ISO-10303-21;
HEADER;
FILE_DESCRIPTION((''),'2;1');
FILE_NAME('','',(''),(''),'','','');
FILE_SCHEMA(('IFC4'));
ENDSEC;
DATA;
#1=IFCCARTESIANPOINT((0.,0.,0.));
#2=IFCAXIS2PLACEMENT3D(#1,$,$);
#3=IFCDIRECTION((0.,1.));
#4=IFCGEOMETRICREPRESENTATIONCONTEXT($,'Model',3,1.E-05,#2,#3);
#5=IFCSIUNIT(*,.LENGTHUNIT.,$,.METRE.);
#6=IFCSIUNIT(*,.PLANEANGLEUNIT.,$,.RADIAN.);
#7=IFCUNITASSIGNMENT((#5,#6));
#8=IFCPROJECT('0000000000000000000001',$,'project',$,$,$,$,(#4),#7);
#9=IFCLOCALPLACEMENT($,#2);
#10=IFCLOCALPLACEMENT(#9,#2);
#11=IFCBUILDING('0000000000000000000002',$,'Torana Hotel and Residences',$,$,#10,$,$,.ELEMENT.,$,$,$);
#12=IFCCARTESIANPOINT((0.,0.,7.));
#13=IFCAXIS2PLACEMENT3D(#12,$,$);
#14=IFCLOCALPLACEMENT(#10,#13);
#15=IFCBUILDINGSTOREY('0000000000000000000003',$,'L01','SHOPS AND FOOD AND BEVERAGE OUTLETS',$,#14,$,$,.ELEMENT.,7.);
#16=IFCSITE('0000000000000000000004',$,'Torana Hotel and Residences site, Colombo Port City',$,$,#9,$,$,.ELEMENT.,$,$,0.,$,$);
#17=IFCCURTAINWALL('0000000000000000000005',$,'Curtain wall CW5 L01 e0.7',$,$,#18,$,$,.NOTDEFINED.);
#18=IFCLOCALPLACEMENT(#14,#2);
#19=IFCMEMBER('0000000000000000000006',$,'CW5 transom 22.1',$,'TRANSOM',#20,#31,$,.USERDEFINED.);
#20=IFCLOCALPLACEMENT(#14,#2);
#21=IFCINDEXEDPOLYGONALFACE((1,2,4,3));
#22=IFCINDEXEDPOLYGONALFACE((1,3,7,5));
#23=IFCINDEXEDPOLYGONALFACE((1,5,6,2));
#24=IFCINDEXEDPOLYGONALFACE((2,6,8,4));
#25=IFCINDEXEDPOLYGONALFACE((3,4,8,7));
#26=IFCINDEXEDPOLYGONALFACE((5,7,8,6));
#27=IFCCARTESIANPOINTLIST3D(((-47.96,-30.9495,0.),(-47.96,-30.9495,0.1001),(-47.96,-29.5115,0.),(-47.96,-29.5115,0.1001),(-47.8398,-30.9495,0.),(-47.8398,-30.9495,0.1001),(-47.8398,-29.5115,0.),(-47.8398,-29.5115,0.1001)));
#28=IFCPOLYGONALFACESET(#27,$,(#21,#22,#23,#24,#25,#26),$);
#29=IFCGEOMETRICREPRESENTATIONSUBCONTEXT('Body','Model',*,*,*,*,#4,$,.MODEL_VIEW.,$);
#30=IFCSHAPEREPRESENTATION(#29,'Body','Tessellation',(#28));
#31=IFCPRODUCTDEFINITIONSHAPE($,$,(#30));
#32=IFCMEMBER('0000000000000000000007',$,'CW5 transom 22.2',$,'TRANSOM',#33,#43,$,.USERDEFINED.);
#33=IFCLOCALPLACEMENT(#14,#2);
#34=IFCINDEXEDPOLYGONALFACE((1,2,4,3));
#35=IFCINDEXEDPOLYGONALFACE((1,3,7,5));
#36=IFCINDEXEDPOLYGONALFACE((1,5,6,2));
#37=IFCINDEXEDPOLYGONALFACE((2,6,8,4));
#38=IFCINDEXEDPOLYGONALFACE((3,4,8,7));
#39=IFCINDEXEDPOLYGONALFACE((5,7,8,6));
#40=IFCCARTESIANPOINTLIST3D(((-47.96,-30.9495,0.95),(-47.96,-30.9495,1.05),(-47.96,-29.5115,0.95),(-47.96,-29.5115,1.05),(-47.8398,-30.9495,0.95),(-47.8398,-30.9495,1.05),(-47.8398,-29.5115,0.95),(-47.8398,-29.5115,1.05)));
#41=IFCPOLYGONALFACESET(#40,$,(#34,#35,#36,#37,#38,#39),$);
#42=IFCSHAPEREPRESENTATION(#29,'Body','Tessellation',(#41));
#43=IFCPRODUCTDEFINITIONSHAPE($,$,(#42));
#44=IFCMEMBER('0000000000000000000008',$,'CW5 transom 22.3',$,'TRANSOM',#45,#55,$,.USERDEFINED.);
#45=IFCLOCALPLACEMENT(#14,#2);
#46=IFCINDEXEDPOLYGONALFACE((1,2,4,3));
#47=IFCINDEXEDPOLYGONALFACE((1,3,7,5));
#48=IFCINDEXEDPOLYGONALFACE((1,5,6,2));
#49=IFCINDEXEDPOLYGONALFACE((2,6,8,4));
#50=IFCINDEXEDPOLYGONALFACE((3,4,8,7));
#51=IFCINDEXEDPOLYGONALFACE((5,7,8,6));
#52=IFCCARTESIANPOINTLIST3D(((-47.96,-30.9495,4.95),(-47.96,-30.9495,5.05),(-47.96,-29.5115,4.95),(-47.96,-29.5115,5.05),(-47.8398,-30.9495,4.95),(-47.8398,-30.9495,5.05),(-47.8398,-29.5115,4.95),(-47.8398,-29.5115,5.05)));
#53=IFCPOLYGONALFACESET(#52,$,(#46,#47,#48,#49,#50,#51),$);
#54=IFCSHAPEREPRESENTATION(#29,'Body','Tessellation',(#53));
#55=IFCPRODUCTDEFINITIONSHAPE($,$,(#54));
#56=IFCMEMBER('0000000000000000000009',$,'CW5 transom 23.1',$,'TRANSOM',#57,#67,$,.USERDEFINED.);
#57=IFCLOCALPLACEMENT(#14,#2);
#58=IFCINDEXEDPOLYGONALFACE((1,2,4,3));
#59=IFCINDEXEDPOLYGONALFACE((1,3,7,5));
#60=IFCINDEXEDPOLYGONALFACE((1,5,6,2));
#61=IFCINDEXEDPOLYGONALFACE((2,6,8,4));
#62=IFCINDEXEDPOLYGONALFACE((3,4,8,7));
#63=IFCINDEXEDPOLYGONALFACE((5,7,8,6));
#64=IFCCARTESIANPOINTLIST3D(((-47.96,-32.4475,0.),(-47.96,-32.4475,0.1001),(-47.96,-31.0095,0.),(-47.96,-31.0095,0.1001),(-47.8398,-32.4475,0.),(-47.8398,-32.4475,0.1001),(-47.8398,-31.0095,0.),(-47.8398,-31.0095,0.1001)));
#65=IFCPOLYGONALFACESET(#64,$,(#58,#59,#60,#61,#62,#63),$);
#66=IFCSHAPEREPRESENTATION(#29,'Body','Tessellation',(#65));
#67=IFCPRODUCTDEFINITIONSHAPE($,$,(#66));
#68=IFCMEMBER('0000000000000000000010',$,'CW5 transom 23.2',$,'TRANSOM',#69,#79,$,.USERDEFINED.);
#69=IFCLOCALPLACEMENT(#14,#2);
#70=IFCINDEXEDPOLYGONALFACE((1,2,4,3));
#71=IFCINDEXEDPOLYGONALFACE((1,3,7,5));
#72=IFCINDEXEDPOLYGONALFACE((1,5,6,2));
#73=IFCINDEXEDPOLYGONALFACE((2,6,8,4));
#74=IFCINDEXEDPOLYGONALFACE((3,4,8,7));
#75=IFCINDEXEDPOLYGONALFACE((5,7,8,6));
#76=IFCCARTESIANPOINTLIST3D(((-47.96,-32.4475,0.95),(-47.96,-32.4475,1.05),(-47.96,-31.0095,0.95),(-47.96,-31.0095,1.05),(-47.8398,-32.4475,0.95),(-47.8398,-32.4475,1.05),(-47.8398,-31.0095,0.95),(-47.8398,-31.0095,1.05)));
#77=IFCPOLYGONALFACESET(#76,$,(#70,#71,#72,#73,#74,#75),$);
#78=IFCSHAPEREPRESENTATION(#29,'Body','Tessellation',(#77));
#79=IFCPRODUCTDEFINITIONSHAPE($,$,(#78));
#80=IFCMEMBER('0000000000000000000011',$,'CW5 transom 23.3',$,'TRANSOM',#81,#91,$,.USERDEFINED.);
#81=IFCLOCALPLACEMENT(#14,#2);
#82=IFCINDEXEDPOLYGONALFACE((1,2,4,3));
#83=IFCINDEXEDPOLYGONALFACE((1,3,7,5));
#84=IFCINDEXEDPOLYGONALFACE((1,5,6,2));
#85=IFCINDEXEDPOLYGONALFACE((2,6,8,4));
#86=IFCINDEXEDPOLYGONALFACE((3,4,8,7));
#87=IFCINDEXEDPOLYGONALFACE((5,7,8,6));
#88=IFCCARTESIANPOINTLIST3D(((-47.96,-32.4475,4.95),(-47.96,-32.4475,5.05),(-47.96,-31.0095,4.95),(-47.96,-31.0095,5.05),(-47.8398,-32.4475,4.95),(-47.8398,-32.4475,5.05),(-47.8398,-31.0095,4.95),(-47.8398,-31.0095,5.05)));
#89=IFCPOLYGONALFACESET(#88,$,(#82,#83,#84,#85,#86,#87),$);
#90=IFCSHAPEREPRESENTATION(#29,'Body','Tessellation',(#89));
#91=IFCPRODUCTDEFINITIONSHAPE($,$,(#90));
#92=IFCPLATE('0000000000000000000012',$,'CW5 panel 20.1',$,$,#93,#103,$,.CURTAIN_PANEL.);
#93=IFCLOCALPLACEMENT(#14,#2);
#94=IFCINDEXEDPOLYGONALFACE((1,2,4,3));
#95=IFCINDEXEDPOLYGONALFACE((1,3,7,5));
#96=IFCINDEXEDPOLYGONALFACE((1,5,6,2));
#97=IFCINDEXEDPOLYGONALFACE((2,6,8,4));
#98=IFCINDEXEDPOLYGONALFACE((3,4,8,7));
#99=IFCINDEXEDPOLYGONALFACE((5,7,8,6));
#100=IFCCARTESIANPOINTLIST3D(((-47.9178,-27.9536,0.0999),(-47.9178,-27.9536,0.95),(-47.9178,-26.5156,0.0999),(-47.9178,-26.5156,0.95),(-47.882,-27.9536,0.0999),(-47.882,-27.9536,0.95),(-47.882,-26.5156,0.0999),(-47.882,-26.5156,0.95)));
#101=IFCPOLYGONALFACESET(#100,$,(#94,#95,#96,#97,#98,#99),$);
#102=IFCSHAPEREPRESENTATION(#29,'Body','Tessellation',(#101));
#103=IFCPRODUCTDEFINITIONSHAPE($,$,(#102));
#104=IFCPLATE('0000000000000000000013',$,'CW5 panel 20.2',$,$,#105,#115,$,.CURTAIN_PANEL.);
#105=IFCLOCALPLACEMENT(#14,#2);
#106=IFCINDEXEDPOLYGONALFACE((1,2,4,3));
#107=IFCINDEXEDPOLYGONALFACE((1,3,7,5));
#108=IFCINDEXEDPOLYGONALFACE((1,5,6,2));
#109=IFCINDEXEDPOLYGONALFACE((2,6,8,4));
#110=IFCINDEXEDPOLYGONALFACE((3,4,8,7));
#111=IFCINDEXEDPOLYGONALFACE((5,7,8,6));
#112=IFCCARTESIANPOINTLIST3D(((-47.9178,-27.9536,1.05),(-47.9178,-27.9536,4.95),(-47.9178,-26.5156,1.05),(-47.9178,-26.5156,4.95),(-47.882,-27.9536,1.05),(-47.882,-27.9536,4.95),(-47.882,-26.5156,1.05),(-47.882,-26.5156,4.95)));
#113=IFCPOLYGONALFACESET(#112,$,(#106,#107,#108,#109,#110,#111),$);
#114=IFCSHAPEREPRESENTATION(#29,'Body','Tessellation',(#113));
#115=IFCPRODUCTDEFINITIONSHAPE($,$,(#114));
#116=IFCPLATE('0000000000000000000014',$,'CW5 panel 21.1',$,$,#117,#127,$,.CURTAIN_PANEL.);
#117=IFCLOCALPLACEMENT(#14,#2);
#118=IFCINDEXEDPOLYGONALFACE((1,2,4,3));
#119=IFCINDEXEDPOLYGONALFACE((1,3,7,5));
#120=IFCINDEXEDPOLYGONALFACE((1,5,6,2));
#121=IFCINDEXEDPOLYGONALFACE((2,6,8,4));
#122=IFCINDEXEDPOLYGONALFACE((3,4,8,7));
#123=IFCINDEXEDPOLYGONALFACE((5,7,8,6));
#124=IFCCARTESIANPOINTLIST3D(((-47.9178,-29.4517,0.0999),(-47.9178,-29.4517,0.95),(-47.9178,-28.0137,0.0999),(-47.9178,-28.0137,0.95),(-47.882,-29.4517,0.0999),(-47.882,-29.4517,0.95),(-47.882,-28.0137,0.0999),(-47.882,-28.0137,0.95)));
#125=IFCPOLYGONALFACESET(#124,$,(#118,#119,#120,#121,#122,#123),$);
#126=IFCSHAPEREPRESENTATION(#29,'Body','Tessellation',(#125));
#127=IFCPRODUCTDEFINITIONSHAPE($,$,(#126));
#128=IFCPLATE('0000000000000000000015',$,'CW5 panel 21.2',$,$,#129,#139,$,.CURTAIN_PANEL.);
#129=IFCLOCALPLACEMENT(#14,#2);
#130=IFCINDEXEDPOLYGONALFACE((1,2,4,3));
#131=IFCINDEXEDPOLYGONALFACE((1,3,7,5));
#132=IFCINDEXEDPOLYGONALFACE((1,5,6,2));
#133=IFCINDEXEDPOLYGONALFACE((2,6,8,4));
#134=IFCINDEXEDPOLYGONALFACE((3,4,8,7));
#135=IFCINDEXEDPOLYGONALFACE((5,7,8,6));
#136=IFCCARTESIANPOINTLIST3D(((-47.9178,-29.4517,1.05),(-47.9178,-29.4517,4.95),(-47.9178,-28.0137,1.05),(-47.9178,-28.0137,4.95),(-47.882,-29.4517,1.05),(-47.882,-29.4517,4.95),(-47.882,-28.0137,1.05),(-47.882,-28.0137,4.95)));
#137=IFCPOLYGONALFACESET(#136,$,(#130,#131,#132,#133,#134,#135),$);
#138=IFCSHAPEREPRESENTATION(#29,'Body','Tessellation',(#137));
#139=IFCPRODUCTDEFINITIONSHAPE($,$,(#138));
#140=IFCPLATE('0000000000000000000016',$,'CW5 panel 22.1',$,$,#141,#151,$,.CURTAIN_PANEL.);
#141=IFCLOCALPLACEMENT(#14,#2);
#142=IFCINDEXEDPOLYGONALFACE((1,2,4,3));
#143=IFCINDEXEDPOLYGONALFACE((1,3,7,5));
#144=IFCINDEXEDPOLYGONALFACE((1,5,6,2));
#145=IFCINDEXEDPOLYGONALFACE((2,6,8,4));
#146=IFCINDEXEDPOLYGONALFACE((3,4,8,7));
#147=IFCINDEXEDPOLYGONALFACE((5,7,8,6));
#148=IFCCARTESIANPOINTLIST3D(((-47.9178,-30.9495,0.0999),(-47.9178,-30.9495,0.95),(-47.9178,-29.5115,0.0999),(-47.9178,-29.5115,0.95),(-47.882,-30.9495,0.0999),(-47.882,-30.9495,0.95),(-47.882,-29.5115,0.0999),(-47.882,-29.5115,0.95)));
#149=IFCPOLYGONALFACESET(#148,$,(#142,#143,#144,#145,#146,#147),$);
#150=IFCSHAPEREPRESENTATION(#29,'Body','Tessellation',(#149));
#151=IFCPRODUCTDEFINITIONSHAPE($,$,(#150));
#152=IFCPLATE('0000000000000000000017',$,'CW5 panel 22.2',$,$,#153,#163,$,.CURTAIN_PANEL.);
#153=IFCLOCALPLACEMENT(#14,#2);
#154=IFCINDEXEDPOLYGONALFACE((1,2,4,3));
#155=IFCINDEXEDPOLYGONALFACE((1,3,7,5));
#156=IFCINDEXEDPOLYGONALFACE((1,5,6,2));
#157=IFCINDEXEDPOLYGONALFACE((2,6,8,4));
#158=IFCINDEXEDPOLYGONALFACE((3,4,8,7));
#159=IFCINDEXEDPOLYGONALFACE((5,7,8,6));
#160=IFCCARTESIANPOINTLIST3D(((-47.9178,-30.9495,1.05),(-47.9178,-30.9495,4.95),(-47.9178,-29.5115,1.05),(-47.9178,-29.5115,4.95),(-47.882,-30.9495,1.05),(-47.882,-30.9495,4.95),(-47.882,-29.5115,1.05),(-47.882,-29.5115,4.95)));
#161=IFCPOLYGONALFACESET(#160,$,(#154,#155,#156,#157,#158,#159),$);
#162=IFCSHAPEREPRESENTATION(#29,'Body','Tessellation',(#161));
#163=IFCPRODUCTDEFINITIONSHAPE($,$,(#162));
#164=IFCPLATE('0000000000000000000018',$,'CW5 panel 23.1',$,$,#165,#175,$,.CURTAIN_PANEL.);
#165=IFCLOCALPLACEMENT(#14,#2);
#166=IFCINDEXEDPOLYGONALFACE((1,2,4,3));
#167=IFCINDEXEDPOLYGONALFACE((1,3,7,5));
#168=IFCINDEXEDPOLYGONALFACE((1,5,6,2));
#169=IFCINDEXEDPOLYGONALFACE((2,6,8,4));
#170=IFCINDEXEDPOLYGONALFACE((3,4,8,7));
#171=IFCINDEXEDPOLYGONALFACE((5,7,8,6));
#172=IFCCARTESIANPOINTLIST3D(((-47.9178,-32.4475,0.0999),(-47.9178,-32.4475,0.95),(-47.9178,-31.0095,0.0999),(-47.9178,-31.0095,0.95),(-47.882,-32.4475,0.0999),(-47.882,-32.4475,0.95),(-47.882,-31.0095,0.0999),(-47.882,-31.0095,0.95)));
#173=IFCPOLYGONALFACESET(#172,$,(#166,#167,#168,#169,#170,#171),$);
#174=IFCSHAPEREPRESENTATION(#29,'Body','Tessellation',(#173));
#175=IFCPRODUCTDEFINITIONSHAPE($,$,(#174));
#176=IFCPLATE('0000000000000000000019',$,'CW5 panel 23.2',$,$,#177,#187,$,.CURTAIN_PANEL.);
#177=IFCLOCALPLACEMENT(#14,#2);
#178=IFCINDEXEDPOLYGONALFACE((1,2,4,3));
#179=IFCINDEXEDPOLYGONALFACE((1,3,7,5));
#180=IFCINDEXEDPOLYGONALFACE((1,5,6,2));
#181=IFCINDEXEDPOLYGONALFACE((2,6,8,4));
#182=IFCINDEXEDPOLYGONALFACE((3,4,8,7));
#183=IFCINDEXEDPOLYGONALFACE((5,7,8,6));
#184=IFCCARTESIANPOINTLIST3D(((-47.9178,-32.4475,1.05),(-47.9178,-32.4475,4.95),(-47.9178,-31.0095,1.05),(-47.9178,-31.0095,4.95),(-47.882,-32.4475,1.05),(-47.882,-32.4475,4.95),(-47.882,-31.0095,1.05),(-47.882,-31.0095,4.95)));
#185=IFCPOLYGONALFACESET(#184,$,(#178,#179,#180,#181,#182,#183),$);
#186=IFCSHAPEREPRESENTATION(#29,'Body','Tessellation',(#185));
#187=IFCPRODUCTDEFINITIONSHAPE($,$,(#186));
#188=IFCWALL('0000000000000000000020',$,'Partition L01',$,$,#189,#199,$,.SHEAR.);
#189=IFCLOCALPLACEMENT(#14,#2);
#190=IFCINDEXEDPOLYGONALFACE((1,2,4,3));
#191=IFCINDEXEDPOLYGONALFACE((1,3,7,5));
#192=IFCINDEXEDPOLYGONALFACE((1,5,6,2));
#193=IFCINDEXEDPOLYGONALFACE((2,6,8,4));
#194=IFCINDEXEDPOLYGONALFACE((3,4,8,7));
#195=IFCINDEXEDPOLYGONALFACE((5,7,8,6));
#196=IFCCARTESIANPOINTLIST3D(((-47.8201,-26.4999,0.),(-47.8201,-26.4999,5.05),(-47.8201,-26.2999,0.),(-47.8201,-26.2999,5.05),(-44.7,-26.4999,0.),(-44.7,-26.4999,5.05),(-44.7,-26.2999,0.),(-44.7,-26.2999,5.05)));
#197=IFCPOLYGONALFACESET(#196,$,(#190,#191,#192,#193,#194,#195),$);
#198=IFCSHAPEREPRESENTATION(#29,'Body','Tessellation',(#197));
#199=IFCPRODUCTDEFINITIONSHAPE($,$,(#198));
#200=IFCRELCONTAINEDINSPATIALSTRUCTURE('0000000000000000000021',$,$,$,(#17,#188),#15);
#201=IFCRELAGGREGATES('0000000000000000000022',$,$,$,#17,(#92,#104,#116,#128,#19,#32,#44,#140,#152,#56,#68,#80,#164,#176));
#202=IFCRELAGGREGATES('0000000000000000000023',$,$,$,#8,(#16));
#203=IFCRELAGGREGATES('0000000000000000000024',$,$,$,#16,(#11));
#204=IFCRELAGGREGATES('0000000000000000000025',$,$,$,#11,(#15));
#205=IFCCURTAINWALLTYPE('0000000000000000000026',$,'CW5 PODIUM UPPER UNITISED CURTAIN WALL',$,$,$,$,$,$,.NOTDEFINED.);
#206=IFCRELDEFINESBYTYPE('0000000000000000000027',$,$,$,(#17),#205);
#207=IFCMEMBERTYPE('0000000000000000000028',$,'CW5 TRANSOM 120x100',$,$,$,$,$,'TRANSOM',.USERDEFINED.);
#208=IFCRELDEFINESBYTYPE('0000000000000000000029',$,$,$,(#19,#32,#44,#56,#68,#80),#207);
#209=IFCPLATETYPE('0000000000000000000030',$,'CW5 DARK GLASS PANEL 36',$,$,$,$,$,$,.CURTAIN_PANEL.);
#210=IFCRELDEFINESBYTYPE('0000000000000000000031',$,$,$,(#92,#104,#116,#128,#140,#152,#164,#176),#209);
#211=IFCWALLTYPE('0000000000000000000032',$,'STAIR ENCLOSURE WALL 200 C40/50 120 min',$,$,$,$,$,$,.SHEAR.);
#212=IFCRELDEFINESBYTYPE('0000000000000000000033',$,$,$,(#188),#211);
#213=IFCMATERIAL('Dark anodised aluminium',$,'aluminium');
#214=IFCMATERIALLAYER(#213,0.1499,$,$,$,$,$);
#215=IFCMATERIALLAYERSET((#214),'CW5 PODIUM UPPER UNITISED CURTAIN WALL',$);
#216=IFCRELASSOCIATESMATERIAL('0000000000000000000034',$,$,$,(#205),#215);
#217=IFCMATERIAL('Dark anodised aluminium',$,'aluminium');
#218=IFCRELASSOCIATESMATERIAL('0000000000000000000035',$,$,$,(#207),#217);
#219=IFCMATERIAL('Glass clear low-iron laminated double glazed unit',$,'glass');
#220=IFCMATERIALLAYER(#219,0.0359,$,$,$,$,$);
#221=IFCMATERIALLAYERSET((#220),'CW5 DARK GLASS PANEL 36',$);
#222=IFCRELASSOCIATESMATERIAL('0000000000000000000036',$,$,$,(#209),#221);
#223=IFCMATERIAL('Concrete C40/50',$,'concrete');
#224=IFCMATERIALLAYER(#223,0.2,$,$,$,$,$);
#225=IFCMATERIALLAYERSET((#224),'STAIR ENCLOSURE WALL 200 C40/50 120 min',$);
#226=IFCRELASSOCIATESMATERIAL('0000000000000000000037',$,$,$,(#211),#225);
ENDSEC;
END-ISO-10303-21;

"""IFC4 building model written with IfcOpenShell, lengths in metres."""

from ifc_helpers import new_model, si_unit, direction, frame, frame_2d, origin, origin_2d, place, context, subcontext, project, spatial, rectangle, extrude, material, layer, layer_set, material_profile, profile_set, type_object, element, aggregate, save


model = new_model("IFC4")

# Units and contexts
model_context = context("Model", 3, precision=1e-05, world=origin(), true_north=direction((0.0, 1.0)))
body_context = subcontext(model_context, "Body", "Model", "MODEL_VIEW")
ifc_project = project(units=[si_unit("LENGTHUNIT", "METRE"), si_unit("PLANEANGLEUNIT", "RADIAN")], contexts=[model_context])

# Site, building, storey
site_placement = place(None, origin())
site = spatial("IfcSite", under=ifc_project, at=site_placement, Name="Torana Hotel and Residences site, Colombo Port City", CompositionType="ELEMENT", RefElevation=0.0)
building_placement = place(site_placement, origin())
building = spatial("IfcBuilding", under=site, at=building_placement, Name="Torana Hotel and Residences", CompositionType="ELEMENT")
storey_placement = place(building_placement, frame((0.0, 0.0, 7.0)))
storey = spatial("IfcBuildingStorey", under=building, at=storey_placement, Name="L01", Description="SHOPS AND FOOD AND BEVERAGE OUTLETS", CompositionType="ELEMENT", Elevation=7.0)

# Curtain wall, members, plates
ifc_material_1 = material(Name="Dark anodised aluminium", Category="aluminium")
ifc_layer_1 = layer(ifc_material_1, 0.1499)
ifc_layer_set_1 = layer_set([ifc_layer_1], Name="CW5 PODIUM UPPER UNITISED CURTAIN WALL")
curtain_wall_type = type_object("IfcCurtainWallType", Name="CW5 PODIUM UPPER UNITISED CURTAIN WALL", PredefinedType="NOTDEFINED", material=ifc_layer_set_1)
curtain_wall_placement = place(storey_placement, origin())
curtain_wall = element("IfcCurtainWall", 1, at=curtain_wall_placement, inside=storey, type_object=curtain_wall_type, Name="Curtain wall CW5 L01 e0.7", PredefinedType="NOTDEFINED")
ifc_material_2 = material(Name="Dark anodised aluminium", Category="aluminium")
ifc_material_profile_1 = material_profile(ifc_material_2, rectangle(XDim=0.1201, YDim=0.1001, at=origin_2d()), Name="CW5 TRANSOM 120x100")
ifc_profile_set_1 = profile_set([ifc_material_profile_1], Name="Dark anodised aluminium")
member_type_1 = type_object("IfcMemberType", Name="CW5 TRANSOM 120x100", ElementType="TRANSOM", PredefinedType="USERDEFINED", material=ifc_profile_set_1)
member_1_placement = place(storey_placement, frame((-47.8999, -29.5115, 0.05), z_axis=(0.0, -1.0, 0.0), x_axis=(1.0, 0.0, 0.0)))
member_1 = element("IfcMember", 2, at=member_1_placement, type_object=member_type_1, Name="CW5 transom 22.1", ObjectType="TRANSOM", PredefinedType="USERDEFINED", context=body_context, shape_type="SweptSolid", body=[
    extrude(rectangle(XDim=0.1201, YDim=0.1001, at=origin_2d()), origin(), (0.0, 0.0, 1.0), 1.438),
])
member_2_placement = place(storey_placement, frame((-47.8999, -29.5115, 1.0), z_axis=(0.0, -1.0, 0.0), x_axis=(1.0, 0.0, 0.0)))
member_2 = element("IfcMember", 3, at=member_2_placement, type_object=member_type_1, Name="CW5 transom 22.2", ObjectType="TRANSOM", PredefinedType="USERDEFINED", context=body_context, shape_type="SweptSolid", body=[
    extrude(rectangle(XDim=0.1201, YDim=0.1001, at=origin_2d()), origin(), (0.0, 0.0, 1.0), 1.438),
])
member_3_placement = place(storey_placement, frame((-47.8999, -29.5115, 5.0), z_axis=(0.0, -1.0, 0.0), x_axis=(1.0, 0.0, 0.0)))
member_3 = element("IfcMember", 4, at=member_3_placement, type_object=member_type_1, Name="CW5 transom 22.3", ObjectType="TRANSOM", PredefinedType="USERDEFINED", context=body_context, shape_type="SweptSolid", body=[
    extrude(rectangle(XDim=0.1201, YDim=0.1001, at=origin_2d()), origin(), (0.0, 0.0, 1.0), 1.438),
])
member_4_placement = place(storey_placement, frame((-47.8999, -31.0095, 0.05), z_axis=(0.0, -1.0, 0.0), x_axis=(1.0, 0.0, 0.0)))
member_4 = element("IfcMember", 5, at=member_4_placement, type_object=member_type_1, Name="CW5 transom 23.1", ObjectType="TRANSOM", PredefinedType="USERDEFINED", context=body_context, shape_type="SweptSolid", body=[
    extrude(rectangle(XDim=0.1201, YDim=0.1001, at=origin_2d()), origin(), (0.0, 0.0, 1.0), 1.438),
])
member_5_placement = place(storey_placement, frame((-47.8999, -31.0095, 1.0), z_axis=(0.0, -1.0, 0.0), x_axis=(1.0, 0.0, 0.0)))
member_5 = element("IfcMember", 6, at=member_5_placement, type_object=member_type_1, Name="CW5 transom 23.2", ObjectType="TRANSOM", PredefinedType="USERDEFINED", context=body_context, shape_type="SweptSolid", body=[
    extrude(rectangle(XDim=0.1201, YDim=0.1001, at=origin_2d()), origin(), (0.0, 0.0, 1.0), 1.438),
])
member_6_placement = place(storey_placement, frame((-47.8999, -31.0095, 5.0), z_axis=(0.0, -1.0, 0.0), x_axis=(1.0, 0.0, 0.0)))
member_6 = element("IfcMember", 7, at=member_6_placement, type_object=member_type_1, Name="CW5 transom 23.3", ObjectType="TRANSOM", PredefinedType="USERDEFINED", context=body_context, shape_type="SweptSolid", body=[
    extrude(rectangle(XDim=0.1201, YDim=0.1001, at=origin_2d()), origin(), (0.0, 0.0, 1.0), 1.438),
])
ifc_material_3 = material(Name="Glass clear low-iron laminated double glazed unit", Category="glass")
ifc_layer_2 = layer(ifc_material_3, 0.0359)
ifc_layer_set_2 = layer_set([ifc_layer_2], Name="CW5 DARK GLASS PANEL 36")
plate_type = type_object("IfcPlateType", Name="CW5 DARK GLASS PANEL 36", PredefinedType="CURTAIN_PANEL", material=ifc_layer_set_2)
plate_1_placement = place(storey_placement, frame((-47.8999, -27.2346, 0.0999), z_axis=(0.0, 0.0, 1.0), x_axis=(0.0, -1.0, 0.0)))
plate_1 = element("IfcPlate", 8, at=plate_1_placement, type_object=plate_type, Name="CW5 panel 20.1", PredefinedType="CURTAIN_PANEL", context=body_context, shape_type="SweptSolid", body=[
    extrude(rectangle(XDim=1.438, YDim=0.0359, at=origin_2d()), origin(), (0.0, 0.0, 1.0), 0.8501),
])
plate_2_placement = place(storey_placement, frame((-47.8999, -27.2346, 1.05), z_axis=(0.0, 0.0, 1.0), x_axis=(0.0, -1.0, 0.0)))
plate_2 = element("IfcPlate", 9, at=plate_2_placement, type_object=plate_type, Name="CW5 panel 20.2", PredefinedType="CURTAIN_PANEL", context=body_context, shape_type="SweptSolid", body=[
    extrude(rectangle(XDim=1.438, YDim=0.0359, at=origin_2d()), origin(), (0.0, 0.0, 1.0), 3.8999),
])
plate_3_placement = place(storey_placement, frame((-47.8999, -28.7327, 0.0999), z_axis=(0.0, 0.0, 1.0), x_axis=(0.0, -1.0, 0.0)))
plate_3 = element("IfcPlate", 10, at=plate_3_placement, type_object=plate_type, Name="CW5 panel 21.1", PredefinedType="CURTAIN_PANEL", context=body_context, shape_type="SweptSolid", body=[
    extrude(rectangle(XDim=1.438, YDim=0.0359, at=origin_2d()), origin(), (0.0, 0.0, 1.0), 0.8501),
])
plate_4_placement = place(storey_placement, frame((-47.8999, -28.7327, 1.05), z_axis=(0.0, 0.0, 1.0), x_axis=(0.0, -1.0, 0.0)))
plate_4 = element("IfcPlate", 11, at=plate_4_placement, type_object=plate_type, Name="CW5 panel 21.2", PredefinedType="CURTAIN_PANEL", context=body_context, shape_type="SweptSolid", body=[
    extrude(rectangle(XDim=1.438, YDim=0.0359, at=origin_2d()), origin(), (0.0, 0.0, 1.0), 3.8999),
])
plate_5_placement = place(storey_placement, frame((-47.8999, -30.2305, 0.0999), z_axis=(0.0, 0.0, 1.0), x_axis=(0.0, -1.0, 0.0)))
plate_5 = element("IfcPlate", 12, at=plate_5_placement, type_object=plate_type, Name="CW5 panel 22.1", PredefinedType="CURTAIN_PANEL", context=body_context, shape_type="SweptSolid", body=[
    extrude(rectangle(XDim=1.438, YDim=0.0359, at=origin_2d()), origin(), (0.0, 0.0, 1.0), 0.8501),
])
plate_6_placement = place(storey_placement, frame((-47.8999, -30.2305, 1.05), z_axis=(0.0, 0.0, 1.0), x_axis=(0.0, -1.0, 0.0)))
plate_6 = element("IfcPlate", 13, at=plate_6_placement, type_object=plate_type, Name="CW5 panel 22.2", PredefinedType="CURTAIN_PANEL", context=body_context, shape_type="SweptSolid", body=[
    extrude(rectangle(XDim=1.438, YDim=0.0359, at=origin_2d()), origin(), (0.0, 0.0, 1.0), 3.8999),
])
plate_7_placement = place(storey_placement, frame((-47.8999, -31.7285, 0.0999), z_axis=(0.0, 0.0, 1.0), x_axis=(0.0, -1.0, 0.0)))
plate_7 = element("IfcPlate", 14, at=plate_7_placement, type_object=plate_type, Name="CW5 panel 23.1", PredefinedType="CURTAIN_PANEL", context=body_context, shape_type="SweptSolid", body=[
    extrude(rectangle(XDim=1.438, YDim=0.0359, at=origin_2d()), origin(), (0.0, 0.0, 1.0), 0.8501),
])
plate_8_placement = place(storey_placement, frame((-47.8999, -31.7285, 1.05), z_axis=(0.0, 0.0, 1.0), x_axis=(0.0, -1.0, 0.0)))
plate_8 = element("IfcPlate", 15, at=plate_8_placement, type_object=plate_type, Name="CW5 panel 23.2", PredefinedType="CURTAIN_PANEL", context=body_context, shape_type="SweptSolid", body=[
    extrude(rectangle(XDim=1.438, YDim=0.0359, at=origin_2d()), origin(), (0.0, 0.0, 1.0), 3.8999),
])
aggregate(curtain_wall, [plate_1, plate_2, plate_3, plate_4, member_1, member_2, member_3, plate_5, plate_6, member_4, member_5, member_6, plate_7, plate_8])

# Wall
ifc_material_4 = material(Name="Concrete C40/50", Category="concrete")
ifc_layer_3 = layer(ifc_material_4, 0.2)
ifc_layer_set_3 = layer_set([ifc_layer_3], Name="STAIR ENCLOSURE WALL 200 C40/50 120 min")
wall_type = type_object("IfcWallType", Name="STAIR ENCLOSURE WALL 200 C40/50 120 min", PredefinedType="SHEAR", material=ifc_layer_set_3)
wall_placement = place(storey_placement, frame((-47.8201, -26.3999, 0.0), z_axis=(0.0, 0.0, 1.0), x_axis=(1.0, 0.0, 0.0)))
element("IfcWall", 16, at=wall_placement, inside=storey, type_object=wall_type, Name="Partition L01", PredefinedType="SHEAR", context=body_context, shape_type="SweptSolid", body=[
    extrude(rectangle(XDim=3.1201, YDim=0.2, at=frame_2d((1.5601, 0.0))), origin(), (0.0, 0.0, 1.0), 5.05),
])

save(model, "model.ifc")
